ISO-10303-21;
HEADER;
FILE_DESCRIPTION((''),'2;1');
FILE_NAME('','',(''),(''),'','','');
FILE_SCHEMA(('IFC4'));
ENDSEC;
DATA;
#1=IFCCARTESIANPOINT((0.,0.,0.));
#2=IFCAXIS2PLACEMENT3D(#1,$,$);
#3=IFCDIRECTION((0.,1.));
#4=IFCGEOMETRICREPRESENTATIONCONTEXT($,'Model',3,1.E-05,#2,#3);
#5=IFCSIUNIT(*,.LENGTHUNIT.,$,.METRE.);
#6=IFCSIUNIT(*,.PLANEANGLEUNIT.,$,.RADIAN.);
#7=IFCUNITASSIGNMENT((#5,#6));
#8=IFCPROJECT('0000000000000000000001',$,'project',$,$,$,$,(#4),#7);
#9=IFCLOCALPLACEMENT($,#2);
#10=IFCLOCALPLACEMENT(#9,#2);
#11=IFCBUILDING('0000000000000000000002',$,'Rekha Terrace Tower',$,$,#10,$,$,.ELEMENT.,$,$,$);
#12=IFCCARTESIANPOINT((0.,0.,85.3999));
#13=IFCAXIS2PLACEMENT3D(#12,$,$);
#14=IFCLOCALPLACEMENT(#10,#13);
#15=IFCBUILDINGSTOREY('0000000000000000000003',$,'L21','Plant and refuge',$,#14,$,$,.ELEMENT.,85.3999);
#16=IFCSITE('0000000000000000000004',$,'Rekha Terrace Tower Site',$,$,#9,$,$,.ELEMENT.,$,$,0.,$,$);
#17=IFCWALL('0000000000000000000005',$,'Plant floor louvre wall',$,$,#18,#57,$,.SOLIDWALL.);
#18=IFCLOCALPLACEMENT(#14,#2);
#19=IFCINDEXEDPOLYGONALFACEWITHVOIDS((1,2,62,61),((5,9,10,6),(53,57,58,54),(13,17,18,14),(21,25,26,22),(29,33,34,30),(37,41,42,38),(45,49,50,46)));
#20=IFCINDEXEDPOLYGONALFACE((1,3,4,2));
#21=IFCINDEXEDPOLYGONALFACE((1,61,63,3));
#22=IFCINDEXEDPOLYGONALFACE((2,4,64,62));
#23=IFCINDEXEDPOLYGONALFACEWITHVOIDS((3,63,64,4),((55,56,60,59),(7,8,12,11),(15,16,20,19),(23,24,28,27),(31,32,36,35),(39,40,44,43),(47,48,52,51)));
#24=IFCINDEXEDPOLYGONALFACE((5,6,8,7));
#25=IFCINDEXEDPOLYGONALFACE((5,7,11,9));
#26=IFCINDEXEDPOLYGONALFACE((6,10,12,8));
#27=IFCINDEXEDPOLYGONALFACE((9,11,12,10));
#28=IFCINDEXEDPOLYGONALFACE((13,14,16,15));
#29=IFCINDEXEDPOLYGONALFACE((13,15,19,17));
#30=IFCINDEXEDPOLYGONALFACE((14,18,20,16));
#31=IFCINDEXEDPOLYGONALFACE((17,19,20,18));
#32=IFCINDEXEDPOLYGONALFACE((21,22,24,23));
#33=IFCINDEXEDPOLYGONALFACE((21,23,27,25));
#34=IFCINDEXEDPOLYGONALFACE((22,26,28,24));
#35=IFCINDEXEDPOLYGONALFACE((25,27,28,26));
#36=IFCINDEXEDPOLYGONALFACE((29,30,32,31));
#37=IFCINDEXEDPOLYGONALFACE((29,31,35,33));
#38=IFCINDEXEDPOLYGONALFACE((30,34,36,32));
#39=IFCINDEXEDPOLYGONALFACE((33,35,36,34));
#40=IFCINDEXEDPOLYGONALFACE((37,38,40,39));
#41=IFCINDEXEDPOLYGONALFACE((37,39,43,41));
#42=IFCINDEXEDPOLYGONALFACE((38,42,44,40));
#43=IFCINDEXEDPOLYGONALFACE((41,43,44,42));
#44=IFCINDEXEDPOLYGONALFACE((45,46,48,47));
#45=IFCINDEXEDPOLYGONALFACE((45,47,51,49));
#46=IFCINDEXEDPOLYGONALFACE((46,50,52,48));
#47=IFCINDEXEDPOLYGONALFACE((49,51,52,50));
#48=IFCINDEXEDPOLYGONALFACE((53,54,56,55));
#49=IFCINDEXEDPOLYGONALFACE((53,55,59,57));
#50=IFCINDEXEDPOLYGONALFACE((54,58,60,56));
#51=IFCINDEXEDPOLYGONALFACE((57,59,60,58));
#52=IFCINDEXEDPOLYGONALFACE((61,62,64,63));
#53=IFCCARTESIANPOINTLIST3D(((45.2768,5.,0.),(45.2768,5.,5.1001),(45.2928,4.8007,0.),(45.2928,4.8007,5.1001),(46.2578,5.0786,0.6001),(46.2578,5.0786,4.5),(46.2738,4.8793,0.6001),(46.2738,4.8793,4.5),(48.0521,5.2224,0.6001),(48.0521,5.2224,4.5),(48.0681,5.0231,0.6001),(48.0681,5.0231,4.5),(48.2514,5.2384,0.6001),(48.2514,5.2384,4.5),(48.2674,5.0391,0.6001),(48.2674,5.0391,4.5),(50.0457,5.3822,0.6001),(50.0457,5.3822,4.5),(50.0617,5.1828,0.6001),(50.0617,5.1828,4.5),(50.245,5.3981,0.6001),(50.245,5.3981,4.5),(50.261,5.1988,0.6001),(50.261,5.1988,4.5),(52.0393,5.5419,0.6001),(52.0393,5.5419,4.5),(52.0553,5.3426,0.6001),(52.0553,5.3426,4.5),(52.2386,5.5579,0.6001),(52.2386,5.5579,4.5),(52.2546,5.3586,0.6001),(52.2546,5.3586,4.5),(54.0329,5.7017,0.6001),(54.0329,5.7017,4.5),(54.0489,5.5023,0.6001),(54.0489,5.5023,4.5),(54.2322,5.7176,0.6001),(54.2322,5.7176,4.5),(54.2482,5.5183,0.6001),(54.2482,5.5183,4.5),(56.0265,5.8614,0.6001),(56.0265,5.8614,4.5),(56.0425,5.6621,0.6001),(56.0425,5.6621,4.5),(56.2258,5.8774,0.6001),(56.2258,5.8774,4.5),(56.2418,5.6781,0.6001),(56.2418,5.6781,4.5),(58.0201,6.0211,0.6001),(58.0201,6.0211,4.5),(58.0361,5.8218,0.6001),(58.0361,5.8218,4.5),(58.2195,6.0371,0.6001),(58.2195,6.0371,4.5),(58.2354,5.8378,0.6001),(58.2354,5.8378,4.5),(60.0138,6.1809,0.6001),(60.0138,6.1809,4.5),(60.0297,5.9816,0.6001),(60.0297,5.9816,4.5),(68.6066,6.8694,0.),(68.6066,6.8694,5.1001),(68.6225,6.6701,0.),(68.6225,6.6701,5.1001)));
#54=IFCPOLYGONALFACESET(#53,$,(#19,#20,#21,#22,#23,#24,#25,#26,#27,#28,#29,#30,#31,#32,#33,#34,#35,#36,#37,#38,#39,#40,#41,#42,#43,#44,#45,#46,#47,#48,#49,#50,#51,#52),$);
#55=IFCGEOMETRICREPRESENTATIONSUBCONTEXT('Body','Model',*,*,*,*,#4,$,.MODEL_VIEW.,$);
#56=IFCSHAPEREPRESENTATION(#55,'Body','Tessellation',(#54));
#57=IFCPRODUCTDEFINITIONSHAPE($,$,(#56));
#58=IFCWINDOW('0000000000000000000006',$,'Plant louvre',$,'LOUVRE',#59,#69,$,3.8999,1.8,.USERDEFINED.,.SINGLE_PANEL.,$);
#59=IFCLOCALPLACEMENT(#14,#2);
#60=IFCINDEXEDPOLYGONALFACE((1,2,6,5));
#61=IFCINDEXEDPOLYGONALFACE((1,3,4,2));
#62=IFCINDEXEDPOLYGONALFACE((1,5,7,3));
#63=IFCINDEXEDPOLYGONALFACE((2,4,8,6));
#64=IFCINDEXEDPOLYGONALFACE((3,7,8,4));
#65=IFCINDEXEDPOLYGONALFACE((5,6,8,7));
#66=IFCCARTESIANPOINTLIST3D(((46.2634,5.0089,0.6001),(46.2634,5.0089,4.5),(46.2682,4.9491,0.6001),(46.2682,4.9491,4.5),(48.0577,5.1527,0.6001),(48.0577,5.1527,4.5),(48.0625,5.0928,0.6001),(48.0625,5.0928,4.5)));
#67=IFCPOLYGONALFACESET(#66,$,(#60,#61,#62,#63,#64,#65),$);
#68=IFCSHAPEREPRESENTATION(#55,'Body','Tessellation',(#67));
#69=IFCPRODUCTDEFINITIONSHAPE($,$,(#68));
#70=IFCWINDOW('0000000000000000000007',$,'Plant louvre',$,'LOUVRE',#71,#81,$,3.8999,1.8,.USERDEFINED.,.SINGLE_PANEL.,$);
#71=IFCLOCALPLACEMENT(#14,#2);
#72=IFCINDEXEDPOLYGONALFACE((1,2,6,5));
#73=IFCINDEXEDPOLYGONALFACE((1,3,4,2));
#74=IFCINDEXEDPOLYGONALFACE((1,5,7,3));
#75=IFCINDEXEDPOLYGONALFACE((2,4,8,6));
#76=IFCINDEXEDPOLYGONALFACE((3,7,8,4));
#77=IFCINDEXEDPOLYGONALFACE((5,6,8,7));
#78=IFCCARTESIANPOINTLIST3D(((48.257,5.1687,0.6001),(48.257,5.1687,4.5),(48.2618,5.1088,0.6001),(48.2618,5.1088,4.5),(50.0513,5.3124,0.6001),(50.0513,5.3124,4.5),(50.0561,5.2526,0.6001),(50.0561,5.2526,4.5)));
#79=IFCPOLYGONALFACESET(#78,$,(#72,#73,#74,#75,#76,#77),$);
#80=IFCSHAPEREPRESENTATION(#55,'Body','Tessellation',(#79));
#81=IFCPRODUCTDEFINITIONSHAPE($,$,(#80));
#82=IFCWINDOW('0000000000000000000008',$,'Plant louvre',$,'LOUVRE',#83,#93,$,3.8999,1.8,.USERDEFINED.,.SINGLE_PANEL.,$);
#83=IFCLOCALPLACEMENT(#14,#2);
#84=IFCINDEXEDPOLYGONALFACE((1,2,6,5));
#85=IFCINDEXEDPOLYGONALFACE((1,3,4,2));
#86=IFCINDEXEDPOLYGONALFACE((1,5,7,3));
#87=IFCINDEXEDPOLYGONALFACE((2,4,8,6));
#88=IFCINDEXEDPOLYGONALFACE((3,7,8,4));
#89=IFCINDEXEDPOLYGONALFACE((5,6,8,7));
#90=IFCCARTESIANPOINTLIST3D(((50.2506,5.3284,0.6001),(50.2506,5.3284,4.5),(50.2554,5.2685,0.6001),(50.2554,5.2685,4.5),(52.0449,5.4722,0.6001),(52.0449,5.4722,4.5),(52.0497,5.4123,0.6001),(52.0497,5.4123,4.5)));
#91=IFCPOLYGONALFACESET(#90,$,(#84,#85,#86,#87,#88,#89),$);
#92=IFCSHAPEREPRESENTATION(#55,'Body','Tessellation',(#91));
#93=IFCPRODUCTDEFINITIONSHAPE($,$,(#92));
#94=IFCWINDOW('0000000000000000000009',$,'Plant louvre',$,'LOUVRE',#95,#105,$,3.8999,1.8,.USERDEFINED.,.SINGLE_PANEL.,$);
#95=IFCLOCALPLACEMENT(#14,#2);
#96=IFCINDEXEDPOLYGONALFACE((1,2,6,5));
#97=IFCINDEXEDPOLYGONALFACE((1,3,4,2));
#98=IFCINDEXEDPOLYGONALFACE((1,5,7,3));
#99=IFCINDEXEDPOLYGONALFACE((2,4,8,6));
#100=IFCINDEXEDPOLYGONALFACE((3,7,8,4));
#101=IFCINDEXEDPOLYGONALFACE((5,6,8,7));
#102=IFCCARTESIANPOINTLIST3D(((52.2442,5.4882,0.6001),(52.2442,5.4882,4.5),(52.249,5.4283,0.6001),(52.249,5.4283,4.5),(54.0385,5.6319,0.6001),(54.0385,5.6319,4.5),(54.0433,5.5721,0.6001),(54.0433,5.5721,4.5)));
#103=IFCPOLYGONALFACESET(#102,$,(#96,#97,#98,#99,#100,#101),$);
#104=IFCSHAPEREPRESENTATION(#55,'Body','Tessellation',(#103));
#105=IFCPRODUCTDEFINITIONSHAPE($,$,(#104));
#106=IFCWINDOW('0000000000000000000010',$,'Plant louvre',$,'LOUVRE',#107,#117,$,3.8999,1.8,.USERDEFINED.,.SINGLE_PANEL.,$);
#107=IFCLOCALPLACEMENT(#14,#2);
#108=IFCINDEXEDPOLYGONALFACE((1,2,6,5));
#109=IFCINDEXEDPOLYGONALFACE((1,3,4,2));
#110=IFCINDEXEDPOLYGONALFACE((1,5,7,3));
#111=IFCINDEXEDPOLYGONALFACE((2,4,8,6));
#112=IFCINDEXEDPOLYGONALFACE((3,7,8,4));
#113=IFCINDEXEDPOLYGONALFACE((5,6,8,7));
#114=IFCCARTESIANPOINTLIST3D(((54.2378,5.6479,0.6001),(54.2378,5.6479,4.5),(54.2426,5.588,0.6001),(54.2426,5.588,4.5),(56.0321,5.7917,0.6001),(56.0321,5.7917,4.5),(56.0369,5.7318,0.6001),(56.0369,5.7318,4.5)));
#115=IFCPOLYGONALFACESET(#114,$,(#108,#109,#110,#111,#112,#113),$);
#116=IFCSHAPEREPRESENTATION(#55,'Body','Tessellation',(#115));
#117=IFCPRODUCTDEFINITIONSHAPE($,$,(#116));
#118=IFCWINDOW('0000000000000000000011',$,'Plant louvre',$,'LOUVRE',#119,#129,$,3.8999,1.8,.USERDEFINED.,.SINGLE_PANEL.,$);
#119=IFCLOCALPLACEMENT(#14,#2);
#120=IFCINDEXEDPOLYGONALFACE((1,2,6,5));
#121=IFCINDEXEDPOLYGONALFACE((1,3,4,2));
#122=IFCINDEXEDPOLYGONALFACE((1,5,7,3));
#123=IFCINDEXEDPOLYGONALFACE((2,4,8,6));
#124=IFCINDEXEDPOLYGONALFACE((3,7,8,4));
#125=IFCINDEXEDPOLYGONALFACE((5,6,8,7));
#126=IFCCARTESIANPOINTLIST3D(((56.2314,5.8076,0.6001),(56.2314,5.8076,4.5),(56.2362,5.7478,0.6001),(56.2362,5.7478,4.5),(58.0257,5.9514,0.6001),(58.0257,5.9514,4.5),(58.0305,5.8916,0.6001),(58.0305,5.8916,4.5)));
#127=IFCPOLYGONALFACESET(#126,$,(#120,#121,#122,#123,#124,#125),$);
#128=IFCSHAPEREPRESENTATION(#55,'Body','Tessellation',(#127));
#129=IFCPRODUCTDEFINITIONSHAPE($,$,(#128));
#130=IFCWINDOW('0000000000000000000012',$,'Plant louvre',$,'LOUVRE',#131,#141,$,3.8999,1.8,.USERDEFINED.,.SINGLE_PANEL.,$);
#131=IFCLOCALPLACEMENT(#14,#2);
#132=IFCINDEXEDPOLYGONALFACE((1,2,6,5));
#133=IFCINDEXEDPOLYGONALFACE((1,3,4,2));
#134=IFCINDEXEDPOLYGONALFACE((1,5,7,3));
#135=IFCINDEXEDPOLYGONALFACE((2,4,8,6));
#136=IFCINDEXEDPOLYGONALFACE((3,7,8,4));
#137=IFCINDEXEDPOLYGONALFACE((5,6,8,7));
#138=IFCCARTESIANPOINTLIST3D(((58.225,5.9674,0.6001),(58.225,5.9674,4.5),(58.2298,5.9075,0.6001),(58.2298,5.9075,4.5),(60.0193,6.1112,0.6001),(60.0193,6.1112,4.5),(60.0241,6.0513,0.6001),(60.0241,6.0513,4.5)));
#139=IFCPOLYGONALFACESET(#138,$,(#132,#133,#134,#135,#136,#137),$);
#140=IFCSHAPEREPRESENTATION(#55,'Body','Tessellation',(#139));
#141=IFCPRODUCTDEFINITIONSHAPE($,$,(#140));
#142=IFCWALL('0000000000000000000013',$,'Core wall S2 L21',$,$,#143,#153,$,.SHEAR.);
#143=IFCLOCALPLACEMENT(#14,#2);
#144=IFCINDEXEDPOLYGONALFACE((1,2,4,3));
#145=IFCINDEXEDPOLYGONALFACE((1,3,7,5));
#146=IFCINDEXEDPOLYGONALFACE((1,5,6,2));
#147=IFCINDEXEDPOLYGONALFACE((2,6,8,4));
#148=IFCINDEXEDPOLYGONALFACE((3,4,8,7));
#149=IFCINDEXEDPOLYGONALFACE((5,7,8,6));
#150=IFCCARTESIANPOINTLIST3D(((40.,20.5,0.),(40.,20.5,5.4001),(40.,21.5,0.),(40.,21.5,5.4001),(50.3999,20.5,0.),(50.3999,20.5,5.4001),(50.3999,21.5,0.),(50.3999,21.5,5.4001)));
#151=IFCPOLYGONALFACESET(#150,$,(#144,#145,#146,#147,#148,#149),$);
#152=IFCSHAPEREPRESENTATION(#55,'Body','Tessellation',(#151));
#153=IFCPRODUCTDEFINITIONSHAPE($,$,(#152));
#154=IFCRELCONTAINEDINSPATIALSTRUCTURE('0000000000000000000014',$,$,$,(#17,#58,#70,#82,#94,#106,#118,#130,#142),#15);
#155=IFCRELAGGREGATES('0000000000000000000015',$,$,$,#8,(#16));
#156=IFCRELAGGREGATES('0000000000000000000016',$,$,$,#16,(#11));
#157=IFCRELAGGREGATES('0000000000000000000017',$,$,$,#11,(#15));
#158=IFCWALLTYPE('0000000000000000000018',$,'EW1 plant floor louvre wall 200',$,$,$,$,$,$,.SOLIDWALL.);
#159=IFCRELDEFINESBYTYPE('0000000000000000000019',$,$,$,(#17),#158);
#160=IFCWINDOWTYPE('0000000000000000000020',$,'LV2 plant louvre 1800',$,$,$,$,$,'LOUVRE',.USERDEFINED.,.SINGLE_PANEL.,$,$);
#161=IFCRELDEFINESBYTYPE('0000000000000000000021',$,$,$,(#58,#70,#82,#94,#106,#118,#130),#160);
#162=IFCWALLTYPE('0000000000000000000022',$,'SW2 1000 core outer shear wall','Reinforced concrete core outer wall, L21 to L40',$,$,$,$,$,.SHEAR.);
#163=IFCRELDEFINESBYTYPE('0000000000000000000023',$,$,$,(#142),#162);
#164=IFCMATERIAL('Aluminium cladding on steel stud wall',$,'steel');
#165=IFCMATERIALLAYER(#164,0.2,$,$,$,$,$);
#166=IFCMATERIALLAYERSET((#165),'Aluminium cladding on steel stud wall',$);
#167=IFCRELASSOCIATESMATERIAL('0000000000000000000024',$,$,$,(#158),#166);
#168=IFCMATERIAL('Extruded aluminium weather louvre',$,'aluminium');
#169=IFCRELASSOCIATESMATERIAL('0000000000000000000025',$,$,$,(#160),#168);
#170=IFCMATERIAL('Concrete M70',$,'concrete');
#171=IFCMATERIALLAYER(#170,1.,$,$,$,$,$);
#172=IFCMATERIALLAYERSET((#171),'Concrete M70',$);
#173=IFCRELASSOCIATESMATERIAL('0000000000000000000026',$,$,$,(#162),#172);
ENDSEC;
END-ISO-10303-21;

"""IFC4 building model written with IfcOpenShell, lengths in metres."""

from ifc_helpers import new_model, si_unit, direction, frame, frame_2d, origin, place, context, subcontext, project, spatial, rectangle, extrude, material, layer, layer_set, type_object, element, fill, save


model = new_model("IFC4")

# Units and contexts
model_context = context("Model", 3, precision=1e-05, world=origin(), true_north=direction((0.0, 1.0)))
body_context = subcontext(model_context, "Body", "Model", "MODEL_VIEW")
ifc_project = project(units=[si_unit("LENGTHUNIT", "METRE"), si_unit("PLANEANGLEUNIT", "RADIAN")], contexts=[model_context])

# Site, building, storey
site_placement = place(None, origin())
site = spatial("IfcSite", under=ifc_project, at=site_placement, Name="Rekha Terrace Tower Site", CompositionType="ELEMENT", RefElevation=0.0)
building_placement = place(site_placement, origin())
building = spatial("IfcBuilding", under=site, at=building_placement, Name="Rekha Terrace Tower", CompositionType="ELEMENT")
storey_placement = place(building_placement, frame((0.0, 0.0, 85.3999)))
storey = spatial("IfcBuildingStorey", under=building, at=storey_placement, Name="L21", Description="Plant and refuge", CompositionType="ELEMENT", Elevation=85.3999)

# Shared definitions
ifc_material_1 = material(Name="Concrete M70", Category="concrete")

# Wall, openings, windows
ifc_material_2 = material(Name="Aluminium cladding on steel stud wall", Category="steel")
ifc_layer_1 = layer(ifc_material_2, 0.2)
ifc_layer_set_1 = layer_set([ifc_layer_1], Name="Aluminium cladding on steel stud wall")
wall_type_1 = type_object("IfcWallType", Name="EW1 plant floor louvre wall 200", PredefinedType="SOLIDWALL", material=ifc_layer_set_1)
wall_1_placement = place(storey_placement, frame((45.2849, 4.9004, 0.0), z_axis=(0.0, 0.0, 1.0), x_axis=(0.996805, 0.079873, 0.0)))
wall_1 = element("IfcWall", 1, at=wall_1_placement, inside=storey, type_object=wall_type_1, Name="Plant floor louvre wall", PredefinedType="SOLIDWALL", context=body_context, shape_type="SweptSolid", body=[
    extrude(rectangle(XDim=23.4045, YDim=0.2, at=frame_2d((11.7021, 0.0))), origin(), (0.0, 0.0, 1.0), 5.1001),
])
opening_1_placement = place(wall_1_placement, frame((0.9841, 0.0, 0.6001)))
opening_1 = element("IfcOpeningElement", 2, at=opening_1_placement, cuts=wall_1, PredefinedType="OPENING", context=body_context, shape_type="SweptSolid", body=[
    extrude(rectangle(XDim=1.8, YDim=3.8999, at=frame_2d((0.8999, 1.95))), frame((0.0, 0.1099, 0.0), z_axis=(0.0, -1.0, 0.0), x_axis=(1.0, 0.0, 0.0)), (0.0, 0.0, 1.0), 0.22),
])
opening_2_placement = place(wall_1_placement, frame((2.9841, 0.0, 0.6001)))
opening_2 = element("IfcOpeningElement", 3, at=opening_2_placement, cuts=wall_1, PredefinedType="OPENING", context=body_context, shape_type="SweptSolid", body=[
    extrude(rectangle(XDim=1.8, YDim=3.8999, at=frame_2d((0.8999, 1.95))), frame((0.0, 0.1099, 0.0), z_axis=(0.0, -1.0, 0.0), x_axis=(1.0, 0.0, 0.0)), (0.0, 0.0, 1.0), 0.22),
])
opening_3_placement = place(wall_1_placement, frame((4.9841, 0.0, 0.6001)))
opening_3 = element("IfcOpeningElement", 4, at=opening_3_placement, cuts=wall_1, PredefinedType="OPENING", context=body_context, shape_type="SweptSolid", body=[
    extrude(rectangle(XDim=1.8, YDim=3.8999, at=frame_2d((0.8999, 1.95))), frame((0.0, 0.1099, 0.0), z_axis=(0.0, -1.0, 0.0), x_axis=(1.0, 0.0, 0.0)), (0.0, 0.0, 1.0), 0.22),
])
opening_4_placement = place(wall_1_placement, frame((6.9841, 0.0, 0.6001)))
opening_4 = element("IfcOpeningElement", 5, at=opening_4_placement, cuts=wall_1, PredefinedType="OPENING", context=body_context, shape_type="SweptSolid", body=[
    extrude(rectangle(XDim=1.8, YDim=3.8999, at=frame_2d((0.8999, 1.95))), frame((0.0, 0.1099, 0.0), z_axis=(0.0, -1.0, 0.0), x_axis=(1.0, 0.0, 0.0)), (0.0, 0.0, 1.0), 0.22),
])
opening_5_placement = place(wall_1_placement, frame((8.9841, 0.0, 0.6001)))
opening_5 = element("IfcOpeningElement", 6, at=opening_5_placement, cuts=wall_1, PredefinedType="OPENING", context=body_context, shape_type="SweptSolid", body=[
    extrude(rectangle(XDim=1.8, YDim=3.8999, at=frame_2d((0.8999, 1.95))), frame((0.0, 0.1099, 0.0), z_axis=(0.0, -1.0, 0.0), x_axis=(1.0, 0.0, 0.0)), (0.0, 0.0, 1.0), 0.22),
])
opening_6_placement = place(wall_1_placement, frame((10.9841, 0.0, 0.6001)))
opening_6 = element("IfcOpeningElement", 7, at=opening_6_placement, cuts=wall_1, PredefinedType="OPENING", context=body_context, shape_type="SweptSolid", body=[
    extrude(rectangle(XDim=1.8, YDim=3.8999, at=frame_2d((0.8999, 1.95))), frame((0.0, 0.1099, 0.0), z_axis=(0.0, -1.0, 0.0), x_axis=(1.0, 0.0, 0.0)), (0.0, 0.0, 1.0), 0.22),
])
opening_7_placement = place(wall_1_placement, frame((12.9841, 0.0, 0.6001)))
opening_7 = element("IfcOpeningElement", 8, at=opening_7_placement, cuts=wall_1, PredefinedType="OPENING", context=body_context, shape_type="SweptSolid", body=[
    extrude(rectangle(XDim=1.8, YDim=3.8999, at=frame_2d((0.8999, 1.95))), frame((0.0, 0.1099, 0.0), z_axis=(0.0, -1.0, 0.0), x_axis=(1.0, 0.0, 0.0)), (0.0, 0.0, 1.0), 0.22),
])
ifc_material_3 = material(Name="Extruded aluminium weather louvre", Category="aluminium")
window_type = type_object("IfcWindowType", Name="LV2 plant louvre 1800", ElementType="LOUVRE", PartitioningType="SINGLE_PANEL", PredefinedType="USERDEFINED", material=ifc_material_3)
window_1_placement = place(opening_1_placement, origin())
window_1 = element("IfcWindow", 9, at=window_1_placement, inside=storey, type_object=window_type, Name="Plant louvre", ObjectType="LOUVRE", OverallHeight=3.8999, OverallWidth=1.8, PartitioningType="SINGLE_PANEL", PredefinedType="USERDEFINED", context=body_context, shape_type="SweptSolid", body=[
    extrude(rectangle(XDim=1.8, YDim=3.8999, at=frame_2d((0.8999, 1.95))), frame((0.0, 0.03, 0.0), z_axis=(0.0, -1.0, 0.0), x_axis=(1.0, 0.0, 0.0)), (0.0, 0.0, 1.0), 0.0601),
])
fill(opening_1, window_1)
window_2_placement = place(opening_2_placement, origin())
window_2 = element("IfcWindow", 10, at=window_2_placement, inside=storey, type_object=window_type, Name="Plant louvre", ObjectType="LOUVRE", OverallHeight=3.8999, OverallWidth=1.8, PartitioningType="SINGLE_PANEL", PredefinedType="USERDEFINED", context=body_context, shape_type="SweptSolid", body=[
    extrude(rectangle(XDim=1.8, YDim=3.8999, at=frame_2d((0.8999, 1.95))), frame((0.0, 0.03, 0.0), z_axis=(0.0, -1.0, 0.0), x_axis=(1.0, 0.0, 0.0)), (0.0, 0.0, 1.0), 0.0601),
])
fill(opening_2, window_2)
window_3_placement = place(opening_3_placement, origin())
window_3 = element("IfcWindow", 11, at=window_3_placement, inside=storey, type_object=window_type, Name="Plant louvre", ObjectType="LOUVRE", OverallHeight=3.8999, OverallWidth=1.8, PartitioningType="SINGLE_PANEL", PredefinedType="USERDEFINED", context=body_context, shape_type="SweptSolid", body=[
    extrude(rectangle(XDim=1.8, YDim=3.8999, at=frame_2d((0.8999, 1.95))), frame((0.0, 0.03, 0.0), z_axis=(0.0, -1.0, 0.0), x_axis=(1.0, 0.0, 0.0)), (0.0, 0.0, 1.0), 0.0601),
])
fill(opening_3, window_3)
window_4_placement = place(opening_4_placement, origin())
window_4 = element("IfcWindow", 12, at=window_4_placement, inside=storey, type_object=window_type, Name="Plant louvre", ObjectType="LOUVRE", OverallHeight=3.8999, OverallWidth=1.8, PartitioningType="SINGLE_PANEL", PredefinedType="USERDEFINED", context=body_context, shape_type="SweptSolid", body=[
    extrude(rectangle(XDim=1.8, YDim=3.8999, at=frame_2d((0.8999, 1.95))), frame((0.0, 0.03, 0.0), z_axis=(0.0, -1.0, 0.0), x_axis=(1.0, 0.0, 0.0)), (0.0, 0.0, 1.0), 0.0601),
])
fill(opening_4, window_4)
window_5_placement = place(opening_5_placement, origin())
window_5 = element("IfcWindow", 13, at=window_5_placement, inside=storey, type_object=window_type, Name="Plant louvre", ObjectType="LOUVRE", OverallHeight=3.8999, OverallWidth=1.8, PartitioningType="SINGLE_PANEL", PredefinedType="USERDEFINED", context=body_context, shape_type="SweptSolid", body=[
    extrude(rectangle(XDim=1.8, YDim=3.8999, at=frame_2d((0.8999, 1.95))), frame((0.0, 0.03, 0.0), z_axis=(0.0, -1.0, 0.0), x_axis=(1.0, 0.0, 0.0)), (0.0, 0.0, 1.0), 0.0601),
])
fill(opening_5, window_5)
window_6_placement = place(opening_6_placement, origin())
window_6 = element("IfcWindow", 14, at=window_6_placement, inside=storey, type_object=window_type, Name="Plant louvre", ObjectType="LOUVRE", OverallHeight=3.8999, OverallWidth=1.8, PartitioningType="SINGLE_PANEL", PredefinedType="USERDEFINED", context=body_context, shape_type="SweptSolid", body=[
    extrude(rectangle(XDim=1.8, YDim=3.8999, at=frame_2d((0.8999, 1.95))), frame((0.0, 0.03, 0.0), z_axis=(0.0, -1.0, 0.0), x_axis=(1.0, 0.0, 0.0)), (0.0, 0.0, 1.0), 0.0601),
])
fill(opening_6, window_6)
window_7_placement = place(opening_7_placement, origin())
window_7 = element("IfcWindow", 15, at=window_7_placement, inside=storey, type_object=window_type, Name="Plant louvre", ObjectType="LOUVRE", OverallHeight=3.8999, OverallWidth=1.8, PartitioningType="SINGLE_PANEL", PredefinedType="USERDEFINED", context=body_context, shape_type="SweptSolid", body=[
    extrude(rectangle(XDim=1.8, YDim=3.8999, at=frame_2d((0.8999, 1.95))), frame((0.0, 0.03, 0.0), z_axis=(0.0, -1.0, 0.0), x_axis=(1.0, 0.0, 0.0)), (0.0, 0.0, 1.0), 0.0601),
])
fill(opening_7, window_7)

# Wall
ifc_layer_2 = layer(ifc_material_1, 1.0)
ifc_layer_set_2 = layer_set([ifc_layer_2], Name="Concrete M70")
wall_type_2 = type_object("IfcWallType", Name="SW2 1000 core outer shear wall", Description="Reinforced concrete core outer wall, L21 to L40", PredefinedType="SHEAR", material=ifc_layer_set_2)
wall_2_placement = place(storey_placement, frame((40.0, 21.0, 0.0), z_axis=(0.0, 0.0, 1.0), x_axis=(1.0, 0.0, 0.0)))
element("IfcWall", 16, at=wall_2_placement, inside=storey, type_object=wall_type_2, Name="Core wall S2 L21", PredefinedType="SHEAR", context=body_context, shape_type="SweptSolid", body=[
    extrude(rectangle(XDim=10.3999, YDim=1.0, at=frame_2d((5.2, 0.0))), origin(), (0.0, 0.0, 1.0), 5.4001),
])

save(model, "model.ifc")
